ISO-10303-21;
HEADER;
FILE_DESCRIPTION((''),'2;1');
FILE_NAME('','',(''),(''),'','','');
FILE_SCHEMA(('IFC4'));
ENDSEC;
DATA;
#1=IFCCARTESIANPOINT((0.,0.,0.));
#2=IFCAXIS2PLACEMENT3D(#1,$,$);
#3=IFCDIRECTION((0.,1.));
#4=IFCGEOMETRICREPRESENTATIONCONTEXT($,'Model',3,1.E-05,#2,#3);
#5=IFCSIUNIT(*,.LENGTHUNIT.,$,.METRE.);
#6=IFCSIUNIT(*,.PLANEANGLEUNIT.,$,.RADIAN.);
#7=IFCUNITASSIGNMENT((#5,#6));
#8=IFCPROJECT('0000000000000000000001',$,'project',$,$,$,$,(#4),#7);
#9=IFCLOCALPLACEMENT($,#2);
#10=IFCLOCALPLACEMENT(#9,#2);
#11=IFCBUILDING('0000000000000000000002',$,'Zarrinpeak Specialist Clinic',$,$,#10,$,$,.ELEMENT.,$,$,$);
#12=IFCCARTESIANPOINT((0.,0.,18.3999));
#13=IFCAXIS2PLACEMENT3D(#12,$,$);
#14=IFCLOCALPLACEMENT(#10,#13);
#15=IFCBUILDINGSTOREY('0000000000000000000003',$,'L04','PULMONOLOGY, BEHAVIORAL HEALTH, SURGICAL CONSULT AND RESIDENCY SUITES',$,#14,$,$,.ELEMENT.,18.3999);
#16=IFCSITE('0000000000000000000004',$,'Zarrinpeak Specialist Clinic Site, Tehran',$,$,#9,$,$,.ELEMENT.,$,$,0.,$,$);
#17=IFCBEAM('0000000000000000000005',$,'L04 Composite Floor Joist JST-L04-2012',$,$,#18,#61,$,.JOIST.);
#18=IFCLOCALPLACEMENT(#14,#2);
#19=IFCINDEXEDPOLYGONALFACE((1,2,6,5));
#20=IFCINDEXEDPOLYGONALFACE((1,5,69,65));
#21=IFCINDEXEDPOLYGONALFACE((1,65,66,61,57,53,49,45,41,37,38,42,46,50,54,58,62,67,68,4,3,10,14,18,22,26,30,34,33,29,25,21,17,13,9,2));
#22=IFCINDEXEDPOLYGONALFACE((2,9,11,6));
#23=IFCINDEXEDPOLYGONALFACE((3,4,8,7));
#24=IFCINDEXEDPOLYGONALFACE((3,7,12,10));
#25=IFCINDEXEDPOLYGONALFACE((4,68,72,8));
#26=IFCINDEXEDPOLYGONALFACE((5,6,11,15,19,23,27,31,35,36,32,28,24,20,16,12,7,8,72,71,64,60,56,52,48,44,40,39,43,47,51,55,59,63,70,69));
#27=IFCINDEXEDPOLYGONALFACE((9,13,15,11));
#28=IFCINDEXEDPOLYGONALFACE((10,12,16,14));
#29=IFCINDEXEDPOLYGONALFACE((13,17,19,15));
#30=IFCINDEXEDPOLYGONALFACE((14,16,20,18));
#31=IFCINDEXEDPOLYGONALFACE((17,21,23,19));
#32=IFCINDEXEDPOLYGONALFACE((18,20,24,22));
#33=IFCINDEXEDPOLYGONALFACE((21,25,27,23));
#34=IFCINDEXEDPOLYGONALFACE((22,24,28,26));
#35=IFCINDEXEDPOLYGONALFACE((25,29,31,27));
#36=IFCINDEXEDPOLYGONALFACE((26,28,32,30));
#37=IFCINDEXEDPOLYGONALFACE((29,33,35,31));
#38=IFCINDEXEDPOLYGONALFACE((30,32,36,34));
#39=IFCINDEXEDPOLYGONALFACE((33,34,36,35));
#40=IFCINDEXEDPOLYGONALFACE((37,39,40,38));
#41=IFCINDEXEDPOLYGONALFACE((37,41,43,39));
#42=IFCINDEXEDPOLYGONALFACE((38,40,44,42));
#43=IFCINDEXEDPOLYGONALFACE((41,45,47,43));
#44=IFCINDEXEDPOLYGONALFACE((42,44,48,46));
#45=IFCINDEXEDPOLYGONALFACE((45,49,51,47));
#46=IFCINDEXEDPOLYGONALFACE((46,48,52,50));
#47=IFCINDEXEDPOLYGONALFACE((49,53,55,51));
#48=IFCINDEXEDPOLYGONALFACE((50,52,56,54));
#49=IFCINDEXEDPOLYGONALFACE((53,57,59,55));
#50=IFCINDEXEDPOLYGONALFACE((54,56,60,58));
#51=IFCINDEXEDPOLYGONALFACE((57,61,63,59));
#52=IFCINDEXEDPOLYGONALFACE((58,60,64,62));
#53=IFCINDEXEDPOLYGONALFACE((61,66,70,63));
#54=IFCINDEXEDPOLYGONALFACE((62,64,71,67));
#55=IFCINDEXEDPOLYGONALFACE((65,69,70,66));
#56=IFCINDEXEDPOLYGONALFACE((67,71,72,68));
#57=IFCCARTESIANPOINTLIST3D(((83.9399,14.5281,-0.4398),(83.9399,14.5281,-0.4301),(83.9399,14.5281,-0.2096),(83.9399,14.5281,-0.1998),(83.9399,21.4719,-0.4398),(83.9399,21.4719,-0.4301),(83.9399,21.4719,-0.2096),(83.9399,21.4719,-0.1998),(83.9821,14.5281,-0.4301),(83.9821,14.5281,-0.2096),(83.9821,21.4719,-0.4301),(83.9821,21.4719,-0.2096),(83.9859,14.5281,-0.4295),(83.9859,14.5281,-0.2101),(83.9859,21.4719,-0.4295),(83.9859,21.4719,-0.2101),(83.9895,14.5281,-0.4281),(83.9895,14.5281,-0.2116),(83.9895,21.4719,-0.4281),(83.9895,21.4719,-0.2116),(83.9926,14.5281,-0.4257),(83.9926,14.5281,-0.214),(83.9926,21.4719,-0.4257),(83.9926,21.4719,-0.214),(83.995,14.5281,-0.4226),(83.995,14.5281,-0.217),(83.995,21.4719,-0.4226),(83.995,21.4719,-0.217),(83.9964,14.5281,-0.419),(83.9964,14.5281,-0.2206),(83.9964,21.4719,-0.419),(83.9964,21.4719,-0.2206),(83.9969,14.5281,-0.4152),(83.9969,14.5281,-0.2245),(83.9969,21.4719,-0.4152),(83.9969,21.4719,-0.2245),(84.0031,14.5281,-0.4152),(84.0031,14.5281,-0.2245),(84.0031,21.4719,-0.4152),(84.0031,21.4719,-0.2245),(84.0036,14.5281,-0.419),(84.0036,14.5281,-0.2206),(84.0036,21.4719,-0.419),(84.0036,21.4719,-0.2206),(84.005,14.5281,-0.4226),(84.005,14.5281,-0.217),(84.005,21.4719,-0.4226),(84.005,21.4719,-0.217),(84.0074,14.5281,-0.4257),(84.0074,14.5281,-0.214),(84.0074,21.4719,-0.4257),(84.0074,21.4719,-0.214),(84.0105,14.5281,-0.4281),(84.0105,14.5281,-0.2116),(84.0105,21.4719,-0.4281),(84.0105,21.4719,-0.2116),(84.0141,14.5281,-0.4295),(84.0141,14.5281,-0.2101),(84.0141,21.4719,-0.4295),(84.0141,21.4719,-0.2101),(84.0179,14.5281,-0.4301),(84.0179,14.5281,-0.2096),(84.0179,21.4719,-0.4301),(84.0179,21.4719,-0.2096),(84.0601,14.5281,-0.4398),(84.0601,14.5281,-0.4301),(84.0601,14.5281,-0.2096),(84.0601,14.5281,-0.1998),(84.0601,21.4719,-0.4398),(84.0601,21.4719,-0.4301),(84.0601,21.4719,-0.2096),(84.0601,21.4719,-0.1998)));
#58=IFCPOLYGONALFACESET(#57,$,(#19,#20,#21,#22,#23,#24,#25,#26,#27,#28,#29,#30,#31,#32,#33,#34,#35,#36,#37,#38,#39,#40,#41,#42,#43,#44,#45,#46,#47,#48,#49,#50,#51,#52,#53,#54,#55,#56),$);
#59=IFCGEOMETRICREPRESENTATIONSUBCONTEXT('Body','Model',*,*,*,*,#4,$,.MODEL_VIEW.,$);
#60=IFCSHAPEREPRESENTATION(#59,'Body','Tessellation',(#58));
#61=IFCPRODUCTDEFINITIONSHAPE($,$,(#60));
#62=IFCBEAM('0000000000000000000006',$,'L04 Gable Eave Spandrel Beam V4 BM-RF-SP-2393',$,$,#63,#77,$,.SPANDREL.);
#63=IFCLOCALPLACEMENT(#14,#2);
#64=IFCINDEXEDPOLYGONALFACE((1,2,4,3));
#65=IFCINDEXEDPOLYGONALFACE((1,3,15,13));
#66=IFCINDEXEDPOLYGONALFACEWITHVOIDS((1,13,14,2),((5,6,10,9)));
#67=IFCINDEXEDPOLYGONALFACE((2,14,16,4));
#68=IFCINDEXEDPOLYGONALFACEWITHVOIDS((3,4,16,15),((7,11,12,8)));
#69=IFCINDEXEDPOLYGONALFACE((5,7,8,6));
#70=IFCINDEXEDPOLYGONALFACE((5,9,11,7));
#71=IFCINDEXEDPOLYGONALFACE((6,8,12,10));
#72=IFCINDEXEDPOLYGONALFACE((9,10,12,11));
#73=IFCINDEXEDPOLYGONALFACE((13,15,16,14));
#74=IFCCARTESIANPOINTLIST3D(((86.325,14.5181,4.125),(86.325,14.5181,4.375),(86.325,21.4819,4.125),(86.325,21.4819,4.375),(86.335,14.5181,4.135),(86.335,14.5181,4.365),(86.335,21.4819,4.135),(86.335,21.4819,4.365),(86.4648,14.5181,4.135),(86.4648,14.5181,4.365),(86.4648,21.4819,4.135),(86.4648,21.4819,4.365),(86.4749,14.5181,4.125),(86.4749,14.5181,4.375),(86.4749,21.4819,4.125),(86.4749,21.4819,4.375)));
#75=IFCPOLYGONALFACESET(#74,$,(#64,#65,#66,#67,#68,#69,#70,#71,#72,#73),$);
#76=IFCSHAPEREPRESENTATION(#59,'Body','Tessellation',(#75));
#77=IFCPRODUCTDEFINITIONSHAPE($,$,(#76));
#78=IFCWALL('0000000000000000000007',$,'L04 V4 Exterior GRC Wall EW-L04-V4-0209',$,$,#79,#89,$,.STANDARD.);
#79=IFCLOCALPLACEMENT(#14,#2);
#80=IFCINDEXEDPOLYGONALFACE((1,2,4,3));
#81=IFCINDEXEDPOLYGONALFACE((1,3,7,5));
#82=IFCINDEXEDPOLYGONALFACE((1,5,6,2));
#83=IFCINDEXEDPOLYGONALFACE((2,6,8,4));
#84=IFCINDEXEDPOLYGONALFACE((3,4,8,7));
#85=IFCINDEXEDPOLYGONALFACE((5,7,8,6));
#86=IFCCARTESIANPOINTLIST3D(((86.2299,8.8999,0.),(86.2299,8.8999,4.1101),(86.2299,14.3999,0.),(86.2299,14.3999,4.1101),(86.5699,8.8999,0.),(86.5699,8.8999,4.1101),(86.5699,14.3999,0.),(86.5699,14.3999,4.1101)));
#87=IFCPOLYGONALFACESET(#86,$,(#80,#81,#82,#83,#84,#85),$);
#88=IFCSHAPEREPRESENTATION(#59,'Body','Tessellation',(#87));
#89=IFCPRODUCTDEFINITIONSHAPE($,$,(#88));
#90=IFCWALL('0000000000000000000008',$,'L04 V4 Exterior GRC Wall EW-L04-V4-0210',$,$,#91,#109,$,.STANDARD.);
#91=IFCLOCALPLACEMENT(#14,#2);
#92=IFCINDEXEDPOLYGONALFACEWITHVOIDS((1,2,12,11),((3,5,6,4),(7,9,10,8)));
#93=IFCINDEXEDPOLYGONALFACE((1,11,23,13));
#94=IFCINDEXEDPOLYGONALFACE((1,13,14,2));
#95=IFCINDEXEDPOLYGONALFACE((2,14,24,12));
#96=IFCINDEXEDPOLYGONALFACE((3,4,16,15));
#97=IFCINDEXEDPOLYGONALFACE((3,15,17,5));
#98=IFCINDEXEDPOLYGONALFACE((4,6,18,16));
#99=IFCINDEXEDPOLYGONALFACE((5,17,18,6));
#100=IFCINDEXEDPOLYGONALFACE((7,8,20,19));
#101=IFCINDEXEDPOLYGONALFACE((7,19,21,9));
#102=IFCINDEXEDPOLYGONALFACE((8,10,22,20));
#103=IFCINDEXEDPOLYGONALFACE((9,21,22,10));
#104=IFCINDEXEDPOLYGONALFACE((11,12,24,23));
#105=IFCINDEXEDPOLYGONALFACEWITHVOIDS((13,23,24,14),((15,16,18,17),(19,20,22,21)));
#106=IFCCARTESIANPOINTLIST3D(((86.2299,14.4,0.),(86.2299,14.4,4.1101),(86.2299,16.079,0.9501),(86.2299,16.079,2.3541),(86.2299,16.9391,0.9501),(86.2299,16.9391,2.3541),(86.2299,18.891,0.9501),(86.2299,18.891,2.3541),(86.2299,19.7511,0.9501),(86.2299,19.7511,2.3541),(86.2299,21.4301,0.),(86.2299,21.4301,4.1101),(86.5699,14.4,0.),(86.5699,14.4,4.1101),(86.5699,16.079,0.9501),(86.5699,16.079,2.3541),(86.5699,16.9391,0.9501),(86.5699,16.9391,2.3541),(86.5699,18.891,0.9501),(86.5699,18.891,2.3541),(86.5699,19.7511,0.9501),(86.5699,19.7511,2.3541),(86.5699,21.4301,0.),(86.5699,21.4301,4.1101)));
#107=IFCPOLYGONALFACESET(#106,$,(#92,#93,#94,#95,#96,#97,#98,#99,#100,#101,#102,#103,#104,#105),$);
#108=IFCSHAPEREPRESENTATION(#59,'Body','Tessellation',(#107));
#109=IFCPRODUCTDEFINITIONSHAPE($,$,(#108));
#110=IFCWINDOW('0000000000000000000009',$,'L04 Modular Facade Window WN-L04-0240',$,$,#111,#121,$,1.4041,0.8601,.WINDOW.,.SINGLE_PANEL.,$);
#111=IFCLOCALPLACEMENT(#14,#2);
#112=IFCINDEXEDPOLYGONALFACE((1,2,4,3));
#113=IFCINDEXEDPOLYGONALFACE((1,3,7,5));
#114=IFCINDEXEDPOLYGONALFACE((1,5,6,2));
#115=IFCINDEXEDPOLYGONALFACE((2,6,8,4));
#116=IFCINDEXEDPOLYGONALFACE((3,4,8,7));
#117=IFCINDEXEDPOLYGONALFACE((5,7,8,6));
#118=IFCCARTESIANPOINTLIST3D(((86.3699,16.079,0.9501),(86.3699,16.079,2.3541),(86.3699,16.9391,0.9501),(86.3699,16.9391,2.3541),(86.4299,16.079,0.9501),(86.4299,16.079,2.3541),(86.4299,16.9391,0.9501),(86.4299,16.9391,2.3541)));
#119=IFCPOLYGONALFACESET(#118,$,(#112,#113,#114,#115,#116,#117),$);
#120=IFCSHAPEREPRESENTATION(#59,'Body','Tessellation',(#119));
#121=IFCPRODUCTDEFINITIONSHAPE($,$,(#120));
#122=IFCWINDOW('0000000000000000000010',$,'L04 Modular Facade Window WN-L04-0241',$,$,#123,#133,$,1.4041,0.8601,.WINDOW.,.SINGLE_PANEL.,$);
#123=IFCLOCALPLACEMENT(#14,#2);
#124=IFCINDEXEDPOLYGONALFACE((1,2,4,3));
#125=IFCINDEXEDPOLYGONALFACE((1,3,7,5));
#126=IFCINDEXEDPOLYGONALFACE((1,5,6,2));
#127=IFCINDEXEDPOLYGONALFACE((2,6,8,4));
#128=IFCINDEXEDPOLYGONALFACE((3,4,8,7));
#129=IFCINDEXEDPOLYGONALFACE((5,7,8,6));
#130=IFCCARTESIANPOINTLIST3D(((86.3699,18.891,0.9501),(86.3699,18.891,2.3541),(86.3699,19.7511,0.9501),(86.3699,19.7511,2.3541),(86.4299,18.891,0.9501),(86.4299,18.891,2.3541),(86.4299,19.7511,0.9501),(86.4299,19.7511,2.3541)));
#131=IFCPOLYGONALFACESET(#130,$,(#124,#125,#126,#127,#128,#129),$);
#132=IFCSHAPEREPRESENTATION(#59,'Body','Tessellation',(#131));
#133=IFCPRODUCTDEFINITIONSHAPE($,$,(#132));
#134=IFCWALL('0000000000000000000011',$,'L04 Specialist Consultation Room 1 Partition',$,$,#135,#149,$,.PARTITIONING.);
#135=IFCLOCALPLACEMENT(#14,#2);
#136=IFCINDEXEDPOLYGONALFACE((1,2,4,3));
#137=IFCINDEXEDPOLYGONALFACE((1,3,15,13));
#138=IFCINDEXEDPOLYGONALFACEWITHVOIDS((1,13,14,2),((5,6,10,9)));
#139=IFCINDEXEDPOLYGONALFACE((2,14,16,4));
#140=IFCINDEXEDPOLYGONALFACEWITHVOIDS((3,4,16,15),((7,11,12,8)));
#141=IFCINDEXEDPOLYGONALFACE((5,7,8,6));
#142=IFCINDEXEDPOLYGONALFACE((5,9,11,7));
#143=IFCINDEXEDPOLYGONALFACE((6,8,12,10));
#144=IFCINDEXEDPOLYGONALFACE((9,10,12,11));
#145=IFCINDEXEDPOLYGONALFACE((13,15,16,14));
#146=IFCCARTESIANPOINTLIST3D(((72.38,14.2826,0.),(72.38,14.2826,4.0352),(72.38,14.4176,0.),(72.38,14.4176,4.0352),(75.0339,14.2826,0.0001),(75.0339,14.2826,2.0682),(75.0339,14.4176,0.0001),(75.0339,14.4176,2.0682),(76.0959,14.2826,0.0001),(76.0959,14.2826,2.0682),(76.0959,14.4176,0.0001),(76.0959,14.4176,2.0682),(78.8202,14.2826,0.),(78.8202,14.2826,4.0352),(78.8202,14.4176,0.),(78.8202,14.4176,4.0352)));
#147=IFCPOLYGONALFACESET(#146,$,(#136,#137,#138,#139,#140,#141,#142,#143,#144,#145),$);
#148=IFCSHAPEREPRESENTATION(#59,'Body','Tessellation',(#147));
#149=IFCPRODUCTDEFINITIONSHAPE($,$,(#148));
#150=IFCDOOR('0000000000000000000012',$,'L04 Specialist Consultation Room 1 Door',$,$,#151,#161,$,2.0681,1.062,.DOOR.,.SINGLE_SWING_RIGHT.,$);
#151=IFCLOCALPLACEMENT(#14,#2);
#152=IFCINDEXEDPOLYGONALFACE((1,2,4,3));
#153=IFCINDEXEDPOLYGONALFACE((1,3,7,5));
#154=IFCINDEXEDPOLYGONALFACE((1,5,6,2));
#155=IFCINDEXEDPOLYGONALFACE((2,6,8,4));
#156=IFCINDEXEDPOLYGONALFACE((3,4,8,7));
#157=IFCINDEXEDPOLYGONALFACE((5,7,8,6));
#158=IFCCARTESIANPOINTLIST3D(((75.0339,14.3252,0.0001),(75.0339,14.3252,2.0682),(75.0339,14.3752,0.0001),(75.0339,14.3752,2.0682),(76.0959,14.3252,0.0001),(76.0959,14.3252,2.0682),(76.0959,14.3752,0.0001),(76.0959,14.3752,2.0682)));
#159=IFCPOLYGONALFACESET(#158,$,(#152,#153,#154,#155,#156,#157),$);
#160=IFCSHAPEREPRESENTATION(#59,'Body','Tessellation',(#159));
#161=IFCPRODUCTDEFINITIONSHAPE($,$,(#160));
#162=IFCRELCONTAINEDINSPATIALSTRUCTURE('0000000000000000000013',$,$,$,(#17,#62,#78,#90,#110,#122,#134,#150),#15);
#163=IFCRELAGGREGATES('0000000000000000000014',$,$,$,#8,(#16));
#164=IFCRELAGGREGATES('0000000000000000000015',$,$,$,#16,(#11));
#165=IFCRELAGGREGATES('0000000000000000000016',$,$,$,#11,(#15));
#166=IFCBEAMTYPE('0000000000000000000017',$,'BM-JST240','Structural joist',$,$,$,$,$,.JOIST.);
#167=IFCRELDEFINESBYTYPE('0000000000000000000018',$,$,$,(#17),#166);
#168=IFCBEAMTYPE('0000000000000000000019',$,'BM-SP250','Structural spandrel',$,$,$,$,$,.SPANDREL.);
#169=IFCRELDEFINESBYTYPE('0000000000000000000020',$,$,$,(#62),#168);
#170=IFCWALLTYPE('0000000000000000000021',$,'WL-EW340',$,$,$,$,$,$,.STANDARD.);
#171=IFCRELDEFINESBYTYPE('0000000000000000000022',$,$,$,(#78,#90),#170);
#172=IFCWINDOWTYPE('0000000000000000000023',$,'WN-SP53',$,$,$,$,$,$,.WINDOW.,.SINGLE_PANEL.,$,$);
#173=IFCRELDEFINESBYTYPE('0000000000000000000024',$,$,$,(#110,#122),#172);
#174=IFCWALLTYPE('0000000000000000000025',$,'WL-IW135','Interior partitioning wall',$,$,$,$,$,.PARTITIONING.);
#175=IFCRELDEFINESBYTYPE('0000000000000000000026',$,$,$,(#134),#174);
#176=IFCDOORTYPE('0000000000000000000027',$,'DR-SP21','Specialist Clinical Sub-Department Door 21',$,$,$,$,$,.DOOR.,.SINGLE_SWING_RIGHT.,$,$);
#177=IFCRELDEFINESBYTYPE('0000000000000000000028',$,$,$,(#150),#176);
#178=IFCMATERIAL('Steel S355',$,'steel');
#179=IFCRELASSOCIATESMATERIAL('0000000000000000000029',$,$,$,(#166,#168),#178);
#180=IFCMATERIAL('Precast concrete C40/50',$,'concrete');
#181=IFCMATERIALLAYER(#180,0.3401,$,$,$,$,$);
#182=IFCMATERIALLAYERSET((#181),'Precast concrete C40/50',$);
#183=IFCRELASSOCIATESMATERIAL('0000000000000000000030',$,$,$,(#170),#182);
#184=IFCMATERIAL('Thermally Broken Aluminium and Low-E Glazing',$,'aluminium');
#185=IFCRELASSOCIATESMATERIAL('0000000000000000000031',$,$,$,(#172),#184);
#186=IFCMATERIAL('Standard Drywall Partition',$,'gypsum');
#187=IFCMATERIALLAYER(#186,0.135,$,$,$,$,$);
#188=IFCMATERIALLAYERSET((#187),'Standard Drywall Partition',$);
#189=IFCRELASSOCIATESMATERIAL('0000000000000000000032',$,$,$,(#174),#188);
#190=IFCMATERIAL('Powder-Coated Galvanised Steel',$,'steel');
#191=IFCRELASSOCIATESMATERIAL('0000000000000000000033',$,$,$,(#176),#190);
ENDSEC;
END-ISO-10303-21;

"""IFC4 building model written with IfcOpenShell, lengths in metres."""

from ifc_helpers import new_model, si_unit, direction, frame, frame_2d, origin, origin_2d, place, context, subcontext, project, spatial, rectangle, hollow_rectangle, i_section, extrude, material, layer, layer_set, material_profile, profile_set, type_object, element, fill, save


model = new_model("IFC4")

# Units and contexts
model_context = context("Model", 3, precision=1e-05, world=origin(), true_north=direction((0.0, 1.0)))
body_context = subcontext(model_context, "Body", "Model", "MODEL_VIEW")
ifc_project = project(units=[si_unit("LENGTHUNIT", "METRE"), si_unit("PLANEANGLEUNIT", "RADIAN")], contexts=[model_context])

# Site, building, storey
site_placement = place(None, origin())
site = spatial("IfcSite", under=ifc_project, at=site_placement, Name="Zarrinpeak Specialist Clinic Site, Tehran", CompositionType="ELEMENT", RefElevation=0.0)
building_placement = place(site_placement, origin())
building = spatial("IfcBuilding", under=site, at=building_placement, Name="Zarrinpeak Specialist Clinic", CompositionType="ELEMENT")
storey_placement = place(building_placement, frame((0.0, 0.0, 18.3999)))
storey = spatial("IfcBuildingStorey", under=building, at=storey_placement, Name="L04", Description="PULMONOLOGY, BEHAVIORAL HEALTH, SURGICAL CONSULT AND RESIDENCY SUITES", CompositionType="ELEMENT", Elevation=18.3999)

# Shared definitions
ifc_material_1 = material(Name="Steel S355", Category="steel")

# Beams
ifc_material_profile_1 = material_profile(ifc_material_1, i_section(OverallWidth=0.1201, OverallDepth=0.24, WebThickness=0.0061, FlangeThickness=0.0098, FilletRadius=0.0149, at=origin_2d()), Name="IPE 240")
ifc_profile_set_1 = profile_set([ifc_material_profile_1], Name="Steel S355")
beam_type_1 = type_object("IfcBeamType", Name="BM-JST240", Description="Structural joist", PredefinedType="JOIST", material=ifc_profile_set_1)
for number, where, z_axis, x_axis, name in (
    (1, (84.0, 14.5281, -0.3198), (0.0, 1.0, 0.0), (-1.0, 0.0, 0.0), "L04 Composite Floor Joist JST-L04-2012"),
):
    element("IfcBeam", number, at=place(storey_placement, frame(where, z_axis=z_axis, x_axis=x_axis)), inside=storey, type_object=beam_type_1, Name=name, PredefinedType="JOIST", context=body_context, shape_type="SweptSolid", body=[
        extrude(i_section(OverallWidth=0.1201, OverallDepth=0.24, WebThickness=0.0061, FlangeThickness=0.0098, FilletRadius=0.0149, at=origin_2d()), origin(), (0.0, 0.0, 1.0), 6.9438),
    ])
ifc_material_profile_2 = material_profile(ifc_material_1, hollow_rectangle(XDim=0.1499, YDim=0.25, WallThickness=0.01, at=origin_2d()), Name="RHS 250x150x10.0")
ifc_profile_set_2 = profile_set([ifc_material_profile_2], Name="Steel S355")
beam_type_2 = type_object("IfcBeamType", Name="BM-SP250", Description="Structural spandrel", PredefinedType="SPANDREL", material=ifc_profile_set_2)
beam_1_placement = place(storey_placement, frame((86.3999, 14.5181, 4.25), z_axis=(0.0, 1.0, 0.0), x_axis=(-1.0, 0.0, 0.0)))
element("IfcBeam", 2, at=beam_1_placement, inside=storey, type_object=beam_type_2, Name="L04 Gable Eave Spandrel Beam V4 BM-RF-SP-2393", PredefinedType="SPANDREL", context=body_context, shape_type="SweptSolid", body=[
    extrude(hollow_rectangle(XDim=0.1499, YDim=0.25, WallThickness=0.01, at=origin_2d()), origin(), (0.0, 0.0, 1.0), 6.9639),
])

# Shared definitions
ifc_material_2 = material(Name="Powder-Coated Galvanised Steel", Category="steel")

# Wall
ifc_material_3 = material(Name="Precast concrete C40/50", Category="concrete")
ifc_layer_1 = layer(ifc_material_3, 0.3401)
ifc_layer_set_1 = layer_set([ifc_layer_1], Name="Precast concrete C40/50")
wall_type_1 = type_object("IfcWallType", Name="WL-EW340", PredefinedType="STANDARD", material=ifc_layer_set_1)
wall_1_placement = place(storey_placement, frame((86.3999, 8.8999, 0.0), z_axis=(0.0, 0.0, 1.0), x_axis=(0.0, 1.0, 0.0)))
element("IfcWall", 3, at=wall_1_placement, inside=storey, type_object=wall_type_1, Name="L04 V4 Exterior GRC Wall EW-L04-V4-0209", PredefinedType="STANDARD", context=body_context, shape_type="SweptSolid", body=[
    extrude(rectangle(XDim=5.5, YDim=0.3401, at=frame_2d((2.75, 0.0))), origin(), (0.0, 0.0, 1.0), 4.1101),
])

# Wall, openings, windows
wall_2_placement = place(storey_placement, frame((86.3999, 14.3999, 0.0), z_axis=(0.0, 0.0, 1.0), x_axis=(0.0, 1.0, 0.0)))
wall_2 = element("IfcWall", 4, at=wall_2_placement, inside=storey, type_object=wall_type_1, Name="L04 V4 Exterior GRC Wall EW-L04-V4-0210", PredefinedType="STANDARD", context=body_context, shape_type="SweptSolid", body=[
    extrude(rectangle(XDim=7.03, YDim=0.3401, at=frame_2d((3.5151, 0.0))), origin(), (0.0, 0.0, 1.0), 4.1101),
])
opening_1_placement = place(wall_2_placement, frame((1.679, 0.0, 0.95)))
opening_1 = element("IfcOpeningElement", 5, at=opening_1_placement, cuts=wall_2, PredefinedType="OPENING", context=body_context, shape_type="SweptSolid", body=[
    extrude(rectangle(XDim=0.8601, YDim=1.4041, at=frame_2d((0.4302, 0.7021))), frame((0.0, 0.1802, 0.0), z_axis=(0.0, -1.0, 0.0), x_axis=(1.0, 0.0, 0.0)), (0.0, 0.0, 1.0), 0.3601),
])
opening_2_placement = place(wall_2_placement, frame((4.491, 0.0, 0.95)))
opening_2 = element("IfcOpeningElement", 6, at=opening_2_placement, cuts=wall_2, PredefinedType="OPENING", context=body_context, shape_type="SweptSolid", body=[
    extrude(rectangle(XDim=0.8601, YDim=1.4041, at=frame_2d((0.4302, 0.7021))), frame((0.0, 0.1802, 0.0), z_axis=(0.0, -1.0, 0.0), x_axis=(1.0, 0.0, 0.0)), (0.0, 0.0, 1.0), 0.3601),
])
ifc_material_4 = material(Name="Thermally Broken Aluminium and Low-E Glazing", Category="aluminium")
window_type = type_object("IfcWindowType", Name="WN-SP53", PartitioningType="SINGLE_PANEL", PredefinedType="WINDOW", material=ifc_material_4)
window_1_placement = place(opening_1_placement, origin())
window_1 = element("IfcWindow", 7, at=window_1_placement, inside=storey, type_object=window_type, Name="L04 Modular Facade Window WN-L04-0240", OverallHeight=1.4041, OverallWidth=0.8601, PartitioningType="SINGLE_PANEL", PredefinedType="WINDOW", context=body_context, shape_type="SweptSolid", body=[
    extrude(rectangle(XDim=0.8601, YDim=1.4041, at=frame_2d((0.4302, 0.7021))), frame((0.0, 0.03, 0.0), z_axis=(0.0, -1.0, 0.0), x_axis=(1.0, 0.0, 0.0)), (0.0, 0.0, 1.0), 0.0601),
])
fill(opening_1, window_1)
window_2_placement = place(opening_2_placement, origin())
window_2 = element("IfcWindow", 8, at=window_2_placement, inside=storey, type_object=window_type, Name="L04 Modular Facade Window WN-L04-0241", OverallHeight=1.4041, OverallWidth=0.8601, PartitioningType="SINGLE_PANEL", PredefinedType="WINDOW", context=body_context, shape_type="SweptSolid", body=[
    extrude(rectangle(XDim=0.8601, YDim=1.4041, at=frame_2d((0.4302, 0.7021))), frame((0.0, 0.03, 0.0), z_axis=(0.0, -1.0, 0.0), x_axis=(1.0, 0.0, 0.0)), (0.0, 0.0, 1.0), 0.0601),
])
fill(opening_2, window_2)

# Wall, opening, door
ifc_material_5 = material(Name="Standard Drywall Partition", Category="gypsum")
ifc_layer_2 = layer(ifc_material_5, 0.135)
ifc_layer_set_2 = layer_set([ifc_layer_2], Name="Standard Drywall Partition")
wall_type_2 = type_object("IfcWallType", Name="WL-IW135", Description="Interior partitioning wall", PredefinedType="PARTITIONING", material=ifc_layer_set_2)
wall_3_placement = place(storey_placement, frame((72.3799, 14.3501, 0.0), z_axis=(0.0, 0.0, 1.0), x_axis=(1.0, 0.0, 0.0)))
wall_3 = element("IfcWall", 9, at=wall_3_placement, inside=storey, type_object=wall_type_2, Name="L04 Specialist Consultation Room 1 Partition", PredefinedType="PARTITIONING", context=body_context, shape_type="SweptSolid", body=[
    extrude(rectangle(XDim=6.4402, YDim=0.135, at=frame_2d((3.2202, 0.0))), origin(), (0.0, 0.0, 1.0), 4.0352),
])
opening_3_placement = place(wall_3_placement, frame((2.6541, 0.0, 0.0)))
opening_3 = element("IfcOpeningElement", 10, at=opening_3_placement, cuts=wall_3, PredefinedType="OPENING", context=body_context, shape_type="SweptSolid", body=[
    extrude(rectangle(XDim=1.062, YDim=2.0681, at=frame_2d((0.531, 1.0342))), frame((0.0, 0.0776, 0.0), z_axis=(0.0, -1.0, 0.0), x_axis=(1.0, 0.0, 0.0)), (0.0, 0.0, 1.0), 0.155),
])
door_type_1 = type_object("IfcDoorType", Name="DR-SP21", Description="Specialist Clinical Sub-Department Door 21", OperationType="SINGLE_SWING_RIGHT", PredefinedType="DOOR", material=ifc_material_2)
door_1_placement = place(opening_3_placement, frame((1.062, 0.0, 0.0), z_axis=(0.0, 0.0, 1.0), x_axis=(-1.0, 0.0, 0.0)))
door_1 = element("IfcDoor", 11, at=door_1_placement, inside=storey, type_object=door_type_1, Name="L04 Specialist Consultation Room 1 Door", OperationType="SINGLE_SWING_RIGHT", OverallHeight=2.0681, OverallWidth=1.062, PredefinedType="DOOR", context=body_context, shape_type="SweptSolid", body=[
    extrude(rectangle(XDim=1.062, YDim=2.0681, at=frame_2d((0.531, 1.0342))), frame((0.0, 0.0249, 0.0), z_axis=(0.0, -1.0, 0.0), x_axis=(1.0, 0.0, 0.0)), (0.0, 0.0, 1.0), 0.05),
])
fill(opening_3, door_1)

save(model, "model.ifc")
